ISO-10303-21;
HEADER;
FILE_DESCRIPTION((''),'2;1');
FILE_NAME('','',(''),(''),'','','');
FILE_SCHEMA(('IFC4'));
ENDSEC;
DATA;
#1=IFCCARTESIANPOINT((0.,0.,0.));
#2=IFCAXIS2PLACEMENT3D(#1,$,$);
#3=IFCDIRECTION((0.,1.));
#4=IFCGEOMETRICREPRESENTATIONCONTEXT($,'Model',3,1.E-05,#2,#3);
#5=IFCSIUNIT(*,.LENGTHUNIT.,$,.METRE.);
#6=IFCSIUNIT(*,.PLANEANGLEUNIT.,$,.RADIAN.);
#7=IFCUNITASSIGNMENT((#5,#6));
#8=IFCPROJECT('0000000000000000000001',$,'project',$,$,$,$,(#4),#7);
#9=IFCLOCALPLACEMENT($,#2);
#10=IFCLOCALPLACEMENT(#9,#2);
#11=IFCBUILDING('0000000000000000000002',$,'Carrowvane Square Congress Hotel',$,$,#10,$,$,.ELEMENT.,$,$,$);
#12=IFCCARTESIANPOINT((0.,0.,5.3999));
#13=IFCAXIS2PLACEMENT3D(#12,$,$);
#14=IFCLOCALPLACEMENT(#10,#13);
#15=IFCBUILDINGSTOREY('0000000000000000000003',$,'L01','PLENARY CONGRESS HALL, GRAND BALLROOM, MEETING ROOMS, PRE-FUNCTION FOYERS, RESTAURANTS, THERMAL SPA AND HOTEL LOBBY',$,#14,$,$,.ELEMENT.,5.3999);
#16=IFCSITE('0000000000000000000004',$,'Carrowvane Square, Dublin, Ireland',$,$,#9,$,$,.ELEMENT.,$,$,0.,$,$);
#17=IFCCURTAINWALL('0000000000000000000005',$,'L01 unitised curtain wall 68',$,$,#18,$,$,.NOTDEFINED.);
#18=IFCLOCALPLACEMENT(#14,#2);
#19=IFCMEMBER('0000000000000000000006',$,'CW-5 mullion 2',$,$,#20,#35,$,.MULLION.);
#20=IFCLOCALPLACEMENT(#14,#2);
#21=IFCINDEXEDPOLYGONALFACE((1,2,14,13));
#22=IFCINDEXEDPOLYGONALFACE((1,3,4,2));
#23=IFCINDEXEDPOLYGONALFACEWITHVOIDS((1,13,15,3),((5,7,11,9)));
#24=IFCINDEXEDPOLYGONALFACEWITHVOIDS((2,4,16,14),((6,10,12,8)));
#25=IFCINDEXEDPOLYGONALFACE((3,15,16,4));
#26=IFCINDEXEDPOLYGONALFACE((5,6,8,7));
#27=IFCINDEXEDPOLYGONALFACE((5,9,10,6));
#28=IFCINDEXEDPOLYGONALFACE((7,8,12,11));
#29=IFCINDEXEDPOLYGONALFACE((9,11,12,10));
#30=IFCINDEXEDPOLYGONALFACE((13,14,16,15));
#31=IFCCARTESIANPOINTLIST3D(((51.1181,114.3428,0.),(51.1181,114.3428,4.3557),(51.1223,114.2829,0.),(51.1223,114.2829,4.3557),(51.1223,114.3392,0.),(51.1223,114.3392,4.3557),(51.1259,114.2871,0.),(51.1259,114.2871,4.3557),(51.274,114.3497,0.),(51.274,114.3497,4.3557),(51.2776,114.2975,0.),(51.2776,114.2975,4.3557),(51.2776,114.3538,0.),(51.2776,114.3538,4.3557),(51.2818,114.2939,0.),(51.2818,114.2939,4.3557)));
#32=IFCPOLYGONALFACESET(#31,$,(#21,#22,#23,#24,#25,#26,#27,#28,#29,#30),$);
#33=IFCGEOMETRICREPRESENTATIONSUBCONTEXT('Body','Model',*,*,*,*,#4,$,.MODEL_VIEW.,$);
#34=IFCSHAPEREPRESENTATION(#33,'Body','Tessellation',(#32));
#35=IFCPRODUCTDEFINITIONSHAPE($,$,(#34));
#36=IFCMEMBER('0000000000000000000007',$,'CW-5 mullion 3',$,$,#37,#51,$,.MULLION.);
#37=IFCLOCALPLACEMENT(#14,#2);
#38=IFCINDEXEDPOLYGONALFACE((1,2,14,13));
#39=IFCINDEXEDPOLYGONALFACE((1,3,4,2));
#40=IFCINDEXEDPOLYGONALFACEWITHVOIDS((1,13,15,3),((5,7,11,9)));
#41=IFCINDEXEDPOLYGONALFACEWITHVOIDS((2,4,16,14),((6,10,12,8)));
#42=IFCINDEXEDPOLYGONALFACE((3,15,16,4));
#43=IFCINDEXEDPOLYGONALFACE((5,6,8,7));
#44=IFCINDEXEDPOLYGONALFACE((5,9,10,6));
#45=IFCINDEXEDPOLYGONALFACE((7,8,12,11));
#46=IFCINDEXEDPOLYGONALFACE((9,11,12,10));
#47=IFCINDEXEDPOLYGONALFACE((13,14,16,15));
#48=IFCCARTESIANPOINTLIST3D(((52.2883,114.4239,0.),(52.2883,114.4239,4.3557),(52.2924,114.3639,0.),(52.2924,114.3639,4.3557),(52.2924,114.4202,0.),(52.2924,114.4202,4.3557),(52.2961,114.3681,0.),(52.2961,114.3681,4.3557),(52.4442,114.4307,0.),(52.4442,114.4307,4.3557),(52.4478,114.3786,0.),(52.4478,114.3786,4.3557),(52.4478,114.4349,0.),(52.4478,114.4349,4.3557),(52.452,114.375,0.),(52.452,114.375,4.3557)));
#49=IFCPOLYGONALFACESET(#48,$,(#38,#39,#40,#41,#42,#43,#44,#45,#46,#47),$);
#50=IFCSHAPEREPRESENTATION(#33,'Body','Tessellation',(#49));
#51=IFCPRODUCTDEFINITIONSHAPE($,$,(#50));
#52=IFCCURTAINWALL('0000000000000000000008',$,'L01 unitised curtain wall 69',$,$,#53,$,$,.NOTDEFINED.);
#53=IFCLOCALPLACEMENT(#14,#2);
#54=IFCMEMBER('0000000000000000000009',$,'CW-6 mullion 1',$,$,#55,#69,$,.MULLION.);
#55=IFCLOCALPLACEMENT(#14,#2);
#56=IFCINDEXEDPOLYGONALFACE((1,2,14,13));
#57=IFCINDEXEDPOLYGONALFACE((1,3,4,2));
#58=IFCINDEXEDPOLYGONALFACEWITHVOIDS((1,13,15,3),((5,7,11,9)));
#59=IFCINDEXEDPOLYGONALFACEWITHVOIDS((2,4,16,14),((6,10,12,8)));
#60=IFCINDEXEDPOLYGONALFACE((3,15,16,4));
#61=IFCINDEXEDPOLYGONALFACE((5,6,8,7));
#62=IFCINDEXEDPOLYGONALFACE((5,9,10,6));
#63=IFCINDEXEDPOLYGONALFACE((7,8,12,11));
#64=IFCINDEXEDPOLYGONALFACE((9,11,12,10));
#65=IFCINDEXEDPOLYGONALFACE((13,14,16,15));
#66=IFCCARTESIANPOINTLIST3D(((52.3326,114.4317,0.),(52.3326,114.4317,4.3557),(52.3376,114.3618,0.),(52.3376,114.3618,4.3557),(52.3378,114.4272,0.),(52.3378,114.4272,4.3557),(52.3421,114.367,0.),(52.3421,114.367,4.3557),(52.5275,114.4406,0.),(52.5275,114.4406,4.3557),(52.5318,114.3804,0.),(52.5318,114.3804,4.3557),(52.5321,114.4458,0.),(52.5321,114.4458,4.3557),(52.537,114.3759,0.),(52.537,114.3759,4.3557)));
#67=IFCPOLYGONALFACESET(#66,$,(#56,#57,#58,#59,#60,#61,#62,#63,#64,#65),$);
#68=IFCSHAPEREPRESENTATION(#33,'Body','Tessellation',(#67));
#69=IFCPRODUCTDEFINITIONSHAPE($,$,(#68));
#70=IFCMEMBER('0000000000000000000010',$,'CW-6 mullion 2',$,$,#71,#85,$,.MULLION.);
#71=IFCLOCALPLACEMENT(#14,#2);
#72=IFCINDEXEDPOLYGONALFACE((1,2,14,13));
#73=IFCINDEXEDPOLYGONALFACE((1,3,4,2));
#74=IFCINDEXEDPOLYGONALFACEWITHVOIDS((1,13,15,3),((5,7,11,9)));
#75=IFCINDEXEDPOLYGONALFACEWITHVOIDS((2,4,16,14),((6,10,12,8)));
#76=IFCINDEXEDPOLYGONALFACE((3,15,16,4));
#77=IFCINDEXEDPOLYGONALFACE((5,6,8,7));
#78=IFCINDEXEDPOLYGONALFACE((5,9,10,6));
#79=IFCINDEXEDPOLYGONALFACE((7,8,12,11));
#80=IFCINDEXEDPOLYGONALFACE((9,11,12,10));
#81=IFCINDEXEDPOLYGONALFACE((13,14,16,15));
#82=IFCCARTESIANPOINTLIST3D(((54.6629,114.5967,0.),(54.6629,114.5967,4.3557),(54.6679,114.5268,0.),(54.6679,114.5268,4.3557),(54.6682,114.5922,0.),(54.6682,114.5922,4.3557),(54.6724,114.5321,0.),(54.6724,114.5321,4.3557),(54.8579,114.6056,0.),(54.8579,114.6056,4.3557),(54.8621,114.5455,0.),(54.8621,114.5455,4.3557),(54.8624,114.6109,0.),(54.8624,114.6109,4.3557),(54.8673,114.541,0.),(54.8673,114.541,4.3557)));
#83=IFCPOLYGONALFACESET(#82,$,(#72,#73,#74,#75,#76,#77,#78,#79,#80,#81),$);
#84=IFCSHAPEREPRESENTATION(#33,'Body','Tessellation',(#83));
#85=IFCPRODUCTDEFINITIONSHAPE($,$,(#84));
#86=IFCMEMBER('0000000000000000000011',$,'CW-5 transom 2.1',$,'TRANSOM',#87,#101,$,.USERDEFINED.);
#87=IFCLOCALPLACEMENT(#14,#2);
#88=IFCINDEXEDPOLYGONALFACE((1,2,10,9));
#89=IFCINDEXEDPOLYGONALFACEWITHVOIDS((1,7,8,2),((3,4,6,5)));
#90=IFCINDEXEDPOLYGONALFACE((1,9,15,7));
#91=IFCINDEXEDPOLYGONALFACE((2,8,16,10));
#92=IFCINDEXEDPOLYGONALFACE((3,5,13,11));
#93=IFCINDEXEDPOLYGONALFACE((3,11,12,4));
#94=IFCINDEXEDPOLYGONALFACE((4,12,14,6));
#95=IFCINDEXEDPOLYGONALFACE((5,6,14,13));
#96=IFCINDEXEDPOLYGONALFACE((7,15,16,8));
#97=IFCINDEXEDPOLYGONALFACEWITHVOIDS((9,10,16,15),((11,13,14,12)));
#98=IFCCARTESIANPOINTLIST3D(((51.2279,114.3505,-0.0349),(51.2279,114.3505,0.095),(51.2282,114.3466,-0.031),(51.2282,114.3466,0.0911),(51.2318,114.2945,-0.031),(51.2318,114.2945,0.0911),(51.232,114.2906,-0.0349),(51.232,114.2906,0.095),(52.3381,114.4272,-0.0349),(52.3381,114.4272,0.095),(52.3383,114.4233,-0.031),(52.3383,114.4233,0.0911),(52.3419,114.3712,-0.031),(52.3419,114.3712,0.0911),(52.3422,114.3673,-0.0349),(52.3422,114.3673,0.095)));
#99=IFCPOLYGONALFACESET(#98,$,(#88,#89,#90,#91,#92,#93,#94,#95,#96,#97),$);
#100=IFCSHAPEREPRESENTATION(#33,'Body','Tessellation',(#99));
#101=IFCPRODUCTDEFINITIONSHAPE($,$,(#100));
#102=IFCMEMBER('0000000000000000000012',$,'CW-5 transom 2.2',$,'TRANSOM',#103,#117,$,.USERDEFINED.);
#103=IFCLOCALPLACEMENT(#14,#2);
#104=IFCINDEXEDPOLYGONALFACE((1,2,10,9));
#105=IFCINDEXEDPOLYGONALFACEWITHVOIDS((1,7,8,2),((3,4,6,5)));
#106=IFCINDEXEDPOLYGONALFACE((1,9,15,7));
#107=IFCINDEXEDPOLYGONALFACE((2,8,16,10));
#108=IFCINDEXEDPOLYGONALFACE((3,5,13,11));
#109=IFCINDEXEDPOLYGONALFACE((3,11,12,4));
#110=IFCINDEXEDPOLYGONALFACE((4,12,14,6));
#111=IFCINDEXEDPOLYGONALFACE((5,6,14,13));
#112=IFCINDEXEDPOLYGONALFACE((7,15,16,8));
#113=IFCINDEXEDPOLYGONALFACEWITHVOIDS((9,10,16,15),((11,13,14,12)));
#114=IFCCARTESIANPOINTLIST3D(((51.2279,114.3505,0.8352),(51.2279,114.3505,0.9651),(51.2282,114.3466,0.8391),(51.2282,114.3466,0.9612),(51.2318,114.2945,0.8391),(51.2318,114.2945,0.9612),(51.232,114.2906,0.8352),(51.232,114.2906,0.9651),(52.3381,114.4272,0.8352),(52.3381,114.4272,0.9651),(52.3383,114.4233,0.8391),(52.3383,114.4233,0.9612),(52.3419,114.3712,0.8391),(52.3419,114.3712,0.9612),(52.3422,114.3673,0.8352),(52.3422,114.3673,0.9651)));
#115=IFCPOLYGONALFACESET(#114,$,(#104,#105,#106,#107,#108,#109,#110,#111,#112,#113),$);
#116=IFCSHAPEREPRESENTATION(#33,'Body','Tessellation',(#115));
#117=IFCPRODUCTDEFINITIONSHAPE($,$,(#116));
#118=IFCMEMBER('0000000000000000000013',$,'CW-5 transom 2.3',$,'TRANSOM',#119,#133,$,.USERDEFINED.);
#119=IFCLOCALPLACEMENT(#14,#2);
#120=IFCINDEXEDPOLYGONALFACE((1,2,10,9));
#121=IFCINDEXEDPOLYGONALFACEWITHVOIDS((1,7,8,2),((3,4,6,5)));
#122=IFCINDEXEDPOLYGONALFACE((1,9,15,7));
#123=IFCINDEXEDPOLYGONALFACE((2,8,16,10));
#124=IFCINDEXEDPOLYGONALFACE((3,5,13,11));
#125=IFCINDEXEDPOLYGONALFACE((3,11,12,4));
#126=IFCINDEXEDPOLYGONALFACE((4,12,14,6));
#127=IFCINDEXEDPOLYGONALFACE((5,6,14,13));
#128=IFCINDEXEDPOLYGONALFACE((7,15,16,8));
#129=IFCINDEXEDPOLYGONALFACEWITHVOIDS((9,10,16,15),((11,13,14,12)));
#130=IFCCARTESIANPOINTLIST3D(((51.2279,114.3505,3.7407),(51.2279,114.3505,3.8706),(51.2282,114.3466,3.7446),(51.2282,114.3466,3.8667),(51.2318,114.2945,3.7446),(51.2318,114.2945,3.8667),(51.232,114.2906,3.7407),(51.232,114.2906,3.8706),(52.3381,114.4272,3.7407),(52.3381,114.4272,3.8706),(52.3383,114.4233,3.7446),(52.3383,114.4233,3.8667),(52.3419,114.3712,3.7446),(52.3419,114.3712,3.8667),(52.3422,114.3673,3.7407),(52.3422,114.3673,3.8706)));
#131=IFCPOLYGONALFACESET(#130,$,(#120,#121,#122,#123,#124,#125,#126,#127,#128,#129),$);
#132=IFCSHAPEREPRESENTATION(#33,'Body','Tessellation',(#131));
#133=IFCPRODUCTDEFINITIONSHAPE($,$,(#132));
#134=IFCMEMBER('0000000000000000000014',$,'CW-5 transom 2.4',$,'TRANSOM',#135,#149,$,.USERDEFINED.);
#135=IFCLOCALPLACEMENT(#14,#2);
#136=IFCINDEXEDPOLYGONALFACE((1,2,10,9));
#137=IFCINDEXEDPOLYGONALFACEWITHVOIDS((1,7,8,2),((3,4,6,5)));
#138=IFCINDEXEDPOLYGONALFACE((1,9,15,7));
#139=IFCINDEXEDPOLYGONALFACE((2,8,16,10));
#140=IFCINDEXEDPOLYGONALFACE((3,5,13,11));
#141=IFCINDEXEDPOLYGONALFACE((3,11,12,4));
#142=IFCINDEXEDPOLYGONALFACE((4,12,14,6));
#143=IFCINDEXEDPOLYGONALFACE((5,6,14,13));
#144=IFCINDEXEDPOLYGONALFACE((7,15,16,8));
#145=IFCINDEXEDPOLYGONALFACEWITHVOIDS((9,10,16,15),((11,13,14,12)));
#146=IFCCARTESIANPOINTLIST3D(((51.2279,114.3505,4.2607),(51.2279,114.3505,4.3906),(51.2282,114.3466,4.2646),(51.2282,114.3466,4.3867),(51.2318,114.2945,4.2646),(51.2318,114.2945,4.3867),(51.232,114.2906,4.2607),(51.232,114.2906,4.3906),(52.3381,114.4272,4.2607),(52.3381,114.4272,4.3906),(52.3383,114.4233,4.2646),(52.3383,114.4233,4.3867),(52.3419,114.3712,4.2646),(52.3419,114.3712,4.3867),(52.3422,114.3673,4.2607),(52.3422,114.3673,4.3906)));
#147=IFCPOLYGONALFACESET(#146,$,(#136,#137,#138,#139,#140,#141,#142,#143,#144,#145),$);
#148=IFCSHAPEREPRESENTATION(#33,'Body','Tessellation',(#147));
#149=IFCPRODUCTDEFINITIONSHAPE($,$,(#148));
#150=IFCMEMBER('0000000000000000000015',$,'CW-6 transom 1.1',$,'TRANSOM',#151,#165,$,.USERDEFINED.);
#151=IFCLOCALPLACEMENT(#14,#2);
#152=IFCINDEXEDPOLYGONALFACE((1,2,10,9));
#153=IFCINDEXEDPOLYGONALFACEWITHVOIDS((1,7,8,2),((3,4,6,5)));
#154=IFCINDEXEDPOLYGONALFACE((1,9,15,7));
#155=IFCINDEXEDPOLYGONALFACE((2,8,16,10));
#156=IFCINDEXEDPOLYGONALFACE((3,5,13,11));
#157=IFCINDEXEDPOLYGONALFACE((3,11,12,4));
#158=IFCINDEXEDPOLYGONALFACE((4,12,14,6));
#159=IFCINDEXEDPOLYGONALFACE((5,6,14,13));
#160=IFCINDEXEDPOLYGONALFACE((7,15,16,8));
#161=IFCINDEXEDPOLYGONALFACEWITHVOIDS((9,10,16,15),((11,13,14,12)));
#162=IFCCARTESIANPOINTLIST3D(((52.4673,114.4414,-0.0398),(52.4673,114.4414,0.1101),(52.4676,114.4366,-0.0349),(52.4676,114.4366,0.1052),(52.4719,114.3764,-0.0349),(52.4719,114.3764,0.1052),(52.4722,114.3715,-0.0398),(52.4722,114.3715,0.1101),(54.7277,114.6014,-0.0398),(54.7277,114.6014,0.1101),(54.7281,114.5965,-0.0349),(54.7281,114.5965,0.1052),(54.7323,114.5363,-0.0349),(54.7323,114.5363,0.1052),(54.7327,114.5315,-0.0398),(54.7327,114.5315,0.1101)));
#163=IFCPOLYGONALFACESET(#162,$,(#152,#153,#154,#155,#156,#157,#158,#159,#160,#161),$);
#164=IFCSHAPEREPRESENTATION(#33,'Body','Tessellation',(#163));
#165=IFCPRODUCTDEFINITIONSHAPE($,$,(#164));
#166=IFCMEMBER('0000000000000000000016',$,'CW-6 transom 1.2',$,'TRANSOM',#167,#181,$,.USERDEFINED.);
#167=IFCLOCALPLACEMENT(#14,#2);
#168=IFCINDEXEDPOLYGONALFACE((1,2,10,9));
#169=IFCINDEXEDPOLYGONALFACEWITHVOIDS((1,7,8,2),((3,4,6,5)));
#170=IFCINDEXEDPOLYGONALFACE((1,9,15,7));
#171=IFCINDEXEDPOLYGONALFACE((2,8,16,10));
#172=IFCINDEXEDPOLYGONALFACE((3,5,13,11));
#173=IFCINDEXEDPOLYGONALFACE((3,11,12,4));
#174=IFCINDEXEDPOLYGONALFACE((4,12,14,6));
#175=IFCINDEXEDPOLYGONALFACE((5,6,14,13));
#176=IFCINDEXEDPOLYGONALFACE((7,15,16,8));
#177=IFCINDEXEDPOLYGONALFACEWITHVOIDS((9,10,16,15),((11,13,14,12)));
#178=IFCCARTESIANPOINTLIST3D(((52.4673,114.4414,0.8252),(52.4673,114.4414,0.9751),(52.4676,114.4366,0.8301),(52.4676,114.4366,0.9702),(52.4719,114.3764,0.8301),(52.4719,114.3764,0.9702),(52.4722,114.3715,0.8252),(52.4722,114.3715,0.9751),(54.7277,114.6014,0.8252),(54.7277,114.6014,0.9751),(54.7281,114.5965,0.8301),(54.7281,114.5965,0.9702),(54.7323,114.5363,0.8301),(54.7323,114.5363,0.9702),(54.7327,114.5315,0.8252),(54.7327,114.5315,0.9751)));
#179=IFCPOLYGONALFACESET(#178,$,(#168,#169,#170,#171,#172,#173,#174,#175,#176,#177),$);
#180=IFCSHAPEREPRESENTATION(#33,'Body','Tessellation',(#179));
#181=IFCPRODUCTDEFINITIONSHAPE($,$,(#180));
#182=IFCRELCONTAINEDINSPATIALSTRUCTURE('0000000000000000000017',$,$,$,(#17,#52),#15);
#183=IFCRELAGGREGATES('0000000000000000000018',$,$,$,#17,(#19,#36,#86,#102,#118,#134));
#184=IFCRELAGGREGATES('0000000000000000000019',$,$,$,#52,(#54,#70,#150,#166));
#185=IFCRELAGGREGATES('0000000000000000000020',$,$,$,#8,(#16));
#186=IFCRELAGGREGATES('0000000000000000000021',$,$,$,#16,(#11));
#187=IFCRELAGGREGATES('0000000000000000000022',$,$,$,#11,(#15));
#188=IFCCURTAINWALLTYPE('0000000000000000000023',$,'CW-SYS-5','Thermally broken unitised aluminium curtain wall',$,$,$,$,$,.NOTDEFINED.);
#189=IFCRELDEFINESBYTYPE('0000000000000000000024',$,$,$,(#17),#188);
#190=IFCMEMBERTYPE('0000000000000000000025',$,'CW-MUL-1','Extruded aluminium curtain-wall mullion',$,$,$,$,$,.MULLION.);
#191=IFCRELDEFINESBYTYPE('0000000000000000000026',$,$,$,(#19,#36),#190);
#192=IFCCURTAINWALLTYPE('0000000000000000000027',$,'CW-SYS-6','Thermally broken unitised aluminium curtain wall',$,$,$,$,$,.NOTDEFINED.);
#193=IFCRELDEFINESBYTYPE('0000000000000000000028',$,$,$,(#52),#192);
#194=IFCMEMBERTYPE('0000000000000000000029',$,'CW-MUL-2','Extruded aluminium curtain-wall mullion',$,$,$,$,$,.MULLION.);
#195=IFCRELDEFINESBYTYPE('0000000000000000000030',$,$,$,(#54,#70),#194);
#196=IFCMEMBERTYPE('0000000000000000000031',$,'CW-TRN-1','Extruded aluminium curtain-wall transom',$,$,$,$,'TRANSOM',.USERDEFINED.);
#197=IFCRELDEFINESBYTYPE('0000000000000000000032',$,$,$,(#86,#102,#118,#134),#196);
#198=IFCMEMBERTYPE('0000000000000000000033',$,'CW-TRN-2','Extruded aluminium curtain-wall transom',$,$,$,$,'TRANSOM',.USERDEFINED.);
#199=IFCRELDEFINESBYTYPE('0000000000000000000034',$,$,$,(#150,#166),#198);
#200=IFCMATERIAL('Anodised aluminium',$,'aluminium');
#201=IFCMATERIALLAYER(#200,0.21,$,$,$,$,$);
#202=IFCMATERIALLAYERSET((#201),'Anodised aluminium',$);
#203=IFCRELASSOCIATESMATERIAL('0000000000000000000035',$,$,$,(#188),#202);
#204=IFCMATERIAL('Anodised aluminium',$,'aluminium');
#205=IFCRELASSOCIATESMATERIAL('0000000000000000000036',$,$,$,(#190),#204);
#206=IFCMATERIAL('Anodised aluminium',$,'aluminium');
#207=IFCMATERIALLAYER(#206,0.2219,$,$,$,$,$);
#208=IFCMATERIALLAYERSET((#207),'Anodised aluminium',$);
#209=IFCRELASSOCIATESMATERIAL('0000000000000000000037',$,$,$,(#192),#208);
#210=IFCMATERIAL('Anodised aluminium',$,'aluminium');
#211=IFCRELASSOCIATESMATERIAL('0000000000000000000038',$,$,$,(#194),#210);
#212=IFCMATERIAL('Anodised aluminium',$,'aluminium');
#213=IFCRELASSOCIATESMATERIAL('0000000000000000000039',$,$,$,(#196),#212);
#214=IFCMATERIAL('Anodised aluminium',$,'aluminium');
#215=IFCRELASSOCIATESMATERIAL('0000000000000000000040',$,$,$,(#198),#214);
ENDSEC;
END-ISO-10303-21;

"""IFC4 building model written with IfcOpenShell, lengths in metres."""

from ifc_helpers import new_model, si_unit, direction, frame, origin, origin_2d, place, context, subcontext, project, spatial, hollow_rectangle, extrude, material, layer, layer_set, material_profile, profile_set, type_object, element, aggregate, save


model = new_model("IFC4")

# Units and contexts
model_context = context("Model", 3, precision=1e-05, world=origin(), true_north=direction((0.0, 1.0)))
body_context = subcontext(model_context, "Body", "Model", "MODEL_VIEW")
ifc_project = project(units=[si_unit("LENGTHUNIT", "METRE"), si_unit("PLANEANGLEUNIT", "RADIAN")], contexts=[model_context])

# Site, building, storey
site_placement = place(None, origin())
site = spatial("IfcSite", under=ifc_project, at=site_placement, Name="Carrowvane Square, Dublin, Ireland", CompositionType="ELEMENT", RefElevation=0.0)
building_placement = place(site_placement, origin())
building = spatial("IfcBuilding", under=site, at=building_placement, Name="Carrowvane Square Congress Hotel", CompositionType="ELEMENT")
storey_placement = place(building_placement, frame((0.0, 0.0, 5.3999)))
storey = spatial("IfcBuildingStorey", under=building, at=storey_placement, Name="L01", Description="PLENARY CONGRESS HALL, GRAND BALLROOM, MEETING ROOMS, PRE-FUNCTION FOYERS, RESTAURANTS, THERMAL SPA AND HOTEL LOBBY", CompositionType="ELEMENT", Elevation=5.3999)

# Curtain walls, members
ifc_material_1 = material(Name="Anodised aluminium", Category="aluminium")
ifc_layer_1 = layer(ifc_material_1, 0.21)
ifc_layer_set_1 = layer_set([ifc_layer_1], Name="Anodised aluminium")
curtain_wall_type_1 = type_object("IfcCurtainWallType", Name="CW-SYS-5", Description="Thermally broken unitised aluminium curtain wall", PredefinedType="NOTDEFINED", material=ifc_layer_set_1)
curtain_wall_1_placement = place(storey_placement, origin())
curtain_wall_1 = element("IfcCurtainWall", 1, at=curtain_wall_1_placement, inside=storey, type_object=curtain_wall_type_1, Name="L01 unitised curtain wall 68", PredefinedType="NOTDEFINED")
ifc_material_2 = material(Name="Anodised aluminium", Category="aluminium")
ifc_material_profile_1 = material_profile(ifc_material_2, hollow_rectangle(XDim=0.0601, YDim=0.1599, WallThickness=0.0039, at=origin_2d()), Name="CW-ML 60x160x4")
ifc_profile_set_1 = profile_set([ifc_material_profile_1], Name="Anodised aluminium")
member_type_1 = type_object("IfcMemberType", Name="CW-MUL-1", Description="Extruded aluminium curtain-wall mullion", PredefinedType="MULLION", material=ifc_profile_set_1)
member_1_placement = place(storey_placement, frame((51.2, 114.3184, 0.0), z_axis=(0.0, 0.0, 1.0), x_axis=(-0.068986, 0.997618, 0.0)))
member_1 = element("IfcMember", 2, at=member_1_placement, type_object=member_type_1, Name="CW-5 mullion 2", PredefinedType="MULLION", context=body_context, shape_type="SweptSolid", body=[
    extrude(hollow_rectangle(XDim=0.0601, YDim=0.1599, WallThickness=0.0039, at=origin_2d()), origin(), (0.0, 0.0, 1.0), 4.3557),
])
member_2_placement = place(storey_placement, frame((52.3701, 114.3994, 0.0), z_axis=(0.0, 0.0, 1.0), x_axis=(-0.068986, 0.997618, 0.0)))
member_2 = element("IfcMember", 3, at=member_2_placement, type_object=member_type_1, Name="CW-5 mullion 3", PredefinedType="MULLION", context=body_context, shape_type="SweptSolid", body=[
    extrude(hollow_rectangle(XDim=0.0601, YDim=0.1599, WallThickness=0.0039, at=origin_2d()), origin(), (0.0, 0.0, 1.0), 4.3557),
])
ifc_material_3 = material(Name="Anodised aluminium", Category="aluminium")
ifc_layer_2 = layer(ifc_material_3, 0.2219)
ifc_layer_set_2 = layer_set([ifc_layer_2], Name="Anodised aluminium")
curtain_wall_type_2 = type_object("IfcCurtainWallType", Name="CW-SYS-6", Description="Thermally broken unitised aluminium curtain wall", PredefinedType="NOTDEFINED", material=ifc_layer_set_2)
curtain_wall_2_placement = place(storey_placement, origin())
curtain_wall_2 = element("IfcCurtainWall", 4, at=curtain_wall_2_placement, inside=storey, type_object=curtain_wall_type_2, Name="L01 unitised curtain wall 69", PredefinedType="NOTDEFINED")
ifc_material_4 = material(Name="Anodised aluminium", Category="aluminium")
ifc_material_profile_2 = material_profile(ifc_material_4, hollow_rectangle(XDim=0.0701, YDim=0.2, WallThickness=0.0049, at=origin_2d()), Name="CW-ML 70x200x5")
ifc_profile_set_2 = profile_set([ifc_material_profile_2], Name="Anodised aluminium")
member_type_2 = type_object("IfcMemberType", Name="CW-MUL-2", Description="Extruded aluminium curtain-wall mullion", PredefinedType="MULLION", material=ifc_profile_set_2)
member_3_placement = place(storey_placement, frame((52.4348, 114.4038, 0.0), z_axis=(0.0, 0.0, 1.0), x_axis=(-0.070586, 0.997506, 0.0)))
member_3 = element("IfcMember", 5, at=member_3_placement, type_object=member_type_2, Name="CW-6 mullion 1", PredefinedType="MULLION", context=body_context, shape_type="SweptSolid", body=[
    extrude(hollow_rectangle(XDim=0.0701, YDim=0.2, WallThickness=0.0049, at=origin_2d()), origin(), (0.0, 0.0, 1.0), 4.3557),
])
member_4_placement = place(storey_placement, frame((54.7651, 114.5688, 0.0), z_axis=(0.0, 0.0, 1.0), x_axis=(-0.070586, 0.997506, 0.0)))
member_4 = element("IfcMember", 6, at=member_4_placement, type_object=member_type_2, Name="CW-6 mullion 2", PredefinedType="MULLION", context=body_context, shape_type="SweptSolid", body=[
    extrude(hollow_rectangle(XDim=0.0701, YDim=0.2, WallThickness=0.0049, at=origin_2d()), origin(), (0.0, 0.0, 1.0), 4.3557),
])

# Members
ifc_material_5 = material(Name="Anodised aluminium", Category="aluminium")
ifc_material_profile_3 = material_profile(ifc_material_5, hollow_rectangle(XDim=0.0601, YDim=0.1299, WallThickness=0.0039, at=origin_2d()), Name="CW-TR 60x130x4")
ifc_profile_set_3 = profile_set([ifc_material_profile_3], Name="Anodised aluminium")
member_type_3 = type_object("IfcMemberType", Name="CW-TRN-1", Description="Extruded aluminium curtain-wall transom", ElementType="TRANSOM", PredefinedType="USERDEFINED", material=ifc_profile_set_3)
member_5_placement = place(storey_placement, frame((51.23, 114.3206, 0.03), z_axis=(0.997624, 0.068892, 0.0), x_axis=(-0.068892, 0.997624, 0.0)))
member_5 = element("IfcMember", 7, at=member_5_placement, type_object=member_type_3, Name="CW-5 transom 2.1", ObjectType="TRANSOM", PredefinedType="USERDEFINED", context=body_context, shape_type="SweptSolid", body=[
    extrude(hollow_rectangle(XDim=0.0601, YDim=0.1299, WallThickness=0.0039, at=origin_2d()), origin(), (0.0, 0.0, 1.0), 1.1128),
])
member_6_placement = place(storey_placement, frame((51.23, 114.3206, 0.9001), z_axis=(0.997624, 0.068892, 0.0), x_axis=(-0.068892, 0.997624, 0.0)))
member_6 = element("IfcMember", 8, at=member_6_placement, type_object=member_type_3, Name="CW-5 transom 2.2", ObjectType="TRANSOM", PredefinedType="USERDEFINED", context=body_context, shape_type="SweptSolid", body=[
    extrude(hollow_rectangle(XDim=0.0601, YDim=0.1299, WallThickness=0.0039, at=origin_2d()), origin(), (0.0, 0.0, 1.0), 1.1128),
])
member_7_placement = place(storey_placement, frame((51.23, 114.3206, 3.8057), z_axis=(0.997624, 0.068892, 0.0), x_axis=(-0.068892, 0.997624, 0.0)))
member_7 = element("IfcMember", 9, at=member_7_placement, type_object=member_type_3, Name="CW-5 transom 2.3", ObjectType="TRANSOM", PredefinedType="USERDEFINED", context=body_context, shape_type="SweptSolid", body=[
    extrude(hollow_rectangle(XDim=0.0601, YDim=0.1299, WallThickness=0.0039, at=origin_2d()), origin(), (0.0, 0.0, 1.0), 1.1128),
])
member_8_placement = place(storey_placement, frame((51.23, 114.3206, 4.3257), z_axis=(0.997624, 0.068892, 0.0), x_axis=(-0.068892, 0.997624, 0.0)))
member_8 = element("IfcMember", 10, at=member_8_placement, type_object=member_type_3, Name="CW-5 transom 2.4", ObjectType="TRANSOM", PredefinedType="USERDEFINED", context=body_context, shape_type="SweptSolid", body=[
    extrude(hollow_rectangle(XDim=0.0601, YDim=0.1299, WallThickness=0.0039, at=origin_2d()), origin(), (0.0, 0.0, 1.0), 1.1128),
])
ifc_material_6 = material(Name="Anodised aluminium", Category="aluminium")
ifc_material_profile_4 = material_profile(ifc_material_6, hollow_rectangle(XDim=0.0701, YDim=0.1499, WallThickness=0.0049, at=origin_2d()), Name="CW-TR 70x150x5")
ifc_profile_set_4 = profile_set([ifc_material_profile_4], Name="Anodised aluminium")
member_type_4 = type_object("IfcMemberType", Name="CW-TRN-2", Description="Extruded aluminium curtain-wall transom", ElementType="TRANSOM", PredefinedType="USERDEFINED", material=ifc_profile_set_4)
member_9_placement = place(storey_placement, frame((52.4697, 114.4065, 0.0352), z_axis=(0.997507, 0.070566, 0.0), x_axis=(-0.070566, 0.997507, 0.0)))
member_9 = element("IfcMember", 11, at=member_9_placement, type_object=member_type_4, Name="CW-6 transom 1.1", ObjectType="TRANSOM", PredefinedType="USERDEFINED", context=body_context, shape_type="SweptSolid", body=[
    extrude(hollow_rectangle(XDim=0.0701, YDim=0.1499, WallThickness=0.0049, at=origin_2d()), origin(), (0.0, 0.0, 1.0), 2.2661),
])
member_10_placement = place(storey_placement, frame((52.4697, 114.4065, 0.9001), z_axis=(0.997507, 0.070566, 0.0), x_axis=(-0.070566, 0.997507, 0.0)))
member_10 = element("IfcMember", 12, at=member_10_placement, type_object=member_type_4, Name="CW-6 transom 1.2", ObjectType="TRANSOM", PredefinedType="USERDEFINED", context=body_context, shape_type="SweptSolid", body=[
    extrude(hollow_rectangle(XDim=0.0701, YDim=0.1499, WallThickness=0.0049, at=origin_2d()), origin(), (0.0, 0.0, 1.0), 2.2661),
])

aggregate(curtain_wall_1, [member_1, member_2, member_5, member_6, member_7, member_8])
aggregate(curtain_wall_2, [member_3, member_4, member_9, member_10])

save(model, "model.ifc")
